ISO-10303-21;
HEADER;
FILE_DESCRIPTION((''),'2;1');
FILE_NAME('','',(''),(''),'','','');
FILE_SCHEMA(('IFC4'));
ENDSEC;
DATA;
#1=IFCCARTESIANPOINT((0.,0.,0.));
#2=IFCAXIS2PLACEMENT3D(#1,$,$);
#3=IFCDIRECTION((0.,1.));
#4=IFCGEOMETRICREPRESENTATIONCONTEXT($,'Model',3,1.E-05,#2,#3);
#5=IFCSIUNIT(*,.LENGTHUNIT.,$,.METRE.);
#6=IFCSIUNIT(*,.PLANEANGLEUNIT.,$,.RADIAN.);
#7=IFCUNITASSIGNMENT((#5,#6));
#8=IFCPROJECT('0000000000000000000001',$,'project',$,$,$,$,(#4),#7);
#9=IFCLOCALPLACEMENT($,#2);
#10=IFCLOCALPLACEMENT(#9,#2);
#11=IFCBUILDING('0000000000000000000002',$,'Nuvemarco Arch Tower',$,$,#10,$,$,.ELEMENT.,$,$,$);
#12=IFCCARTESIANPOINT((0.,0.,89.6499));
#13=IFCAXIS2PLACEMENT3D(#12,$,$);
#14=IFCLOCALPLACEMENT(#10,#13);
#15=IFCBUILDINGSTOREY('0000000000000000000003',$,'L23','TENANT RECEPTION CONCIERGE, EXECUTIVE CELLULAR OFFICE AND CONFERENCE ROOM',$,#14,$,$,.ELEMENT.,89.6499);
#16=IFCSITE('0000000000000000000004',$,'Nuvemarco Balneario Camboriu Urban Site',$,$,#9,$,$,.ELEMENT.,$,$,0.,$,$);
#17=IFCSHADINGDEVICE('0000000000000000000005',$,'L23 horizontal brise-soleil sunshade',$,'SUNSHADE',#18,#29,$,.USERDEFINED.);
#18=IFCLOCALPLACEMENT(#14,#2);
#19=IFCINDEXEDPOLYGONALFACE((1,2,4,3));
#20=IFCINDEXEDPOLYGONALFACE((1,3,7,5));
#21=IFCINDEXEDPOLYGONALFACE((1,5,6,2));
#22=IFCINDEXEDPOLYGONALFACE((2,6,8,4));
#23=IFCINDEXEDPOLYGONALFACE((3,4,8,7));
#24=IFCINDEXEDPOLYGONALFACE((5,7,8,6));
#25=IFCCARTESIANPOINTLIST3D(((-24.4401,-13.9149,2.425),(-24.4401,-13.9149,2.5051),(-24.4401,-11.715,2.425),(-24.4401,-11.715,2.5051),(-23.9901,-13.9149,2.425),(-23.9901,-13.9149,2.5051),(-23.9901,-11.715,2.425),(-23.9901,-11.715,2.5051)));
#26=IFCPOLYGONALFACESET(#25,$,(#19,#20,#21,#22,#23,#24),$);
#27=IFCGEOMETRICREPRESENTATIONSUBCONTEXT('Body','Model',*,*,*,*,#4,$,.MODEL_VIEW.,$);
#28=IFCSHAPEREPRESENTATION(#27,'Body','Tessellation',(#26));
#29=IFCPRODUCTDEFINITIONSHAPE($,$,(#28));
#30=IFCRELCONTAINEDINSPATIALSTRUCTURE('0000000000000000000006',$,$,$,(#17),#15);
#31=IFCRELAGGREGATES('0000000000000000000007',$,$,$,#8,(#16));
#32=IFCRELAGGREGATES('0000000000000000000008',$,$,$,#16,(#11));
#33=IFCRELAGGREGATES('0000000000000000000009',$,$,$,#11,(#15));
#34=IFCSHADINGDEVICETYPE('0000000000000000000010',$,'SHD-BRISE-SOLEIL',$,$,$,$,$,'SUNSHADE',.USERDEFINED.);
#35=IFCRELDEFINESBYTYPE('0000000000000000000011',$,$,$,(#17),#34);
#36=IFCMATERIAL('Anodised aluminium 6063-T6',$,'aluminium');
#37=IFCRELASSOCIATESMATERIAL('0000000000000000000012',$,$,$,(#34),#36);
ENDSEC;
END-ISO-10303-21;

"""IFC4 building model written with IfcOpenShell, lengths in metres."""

from ifc_helpers import new_model, si_unit, direction, frame, origin, origin_2d, place, context, subcontext, project, spatial, rectangle, extrude, source, transform, mapped, material, type_object, type_shapes, element, save


model = new_model("IFC4")

# Units and contexts
model_context = context("Model", 3, precision=1e-05, world=origin(), true_north=direction((0.0, 1.0)))
body_context = subcontext(model_context, "Body", "Model", "MODEL_VIEW")
ifc_project = project(units=[si_unit("LENGTHUNIT", "METRE"), si_unit("PLANEANGLEUNIT", "RADIAN")], contexts=[model_context])

# Site, building, storey
site_placement = place(None, origin())
site = spatial("IfcSite", under=ifc_project, at=site_placement, Name="Nuvemarco Balneario Camboriu Urban Site", CompositionType="ELEMENT", RefElevation=0.0)
building_placement = place(site_placement, origin())
building = spatial("IfcBuilding", under=site, at=building_placement, Name="Nuvemarco Arch Tower", CompositionType="ELEMENT")
storey_placement = place(building_placement, frame((0.0, 0.0, 89.6499)))
storey = spatial("IfcBuildingStorey", under=building, at=storey_placement, Name="L23", Description="TENANT RECEPTION CONCIERGE, EXECUTIVE CELLULAR OFFICE AND CONFERENCE ROOM", CompositionType="ELEMENT", Elevation=89.6499)

# Shading device
ifc_material_1 = material(Name="Anodised aluminium 6063-T6", Category="aluminium")
shading_device_type = type_object("IfcShadingDeviceType", Name="SHD-BRISE-SOLEIL", ElementType="SUNSHADE", PredefinedType="USERDEFINED", material=ifc_material_1)
shared_shape_1 = source(origin(), body_context, "Body", "SweptSolid", [
    extrude(rectangle(XDim=2.2, YDim=0.45, at=origin_2d()), origin(), (0.0, 0.0, 1.0), 0.0801),
])
type_shapes(shading_device_type, [shared_shape_1])
shading_device_placement = place(storey_placement, frame((-24.2151, -12.8149, 2.425), z_axis=(0.0, 0.0, 1.0), x_axis=(0.0, 1.0, 0.0)))
element("IfcShadingDevice", 1, at=shading_device_placement, inside=storey, type_object=shading_device_type, Name="L23 horizontal brise-soleil sunshade", ObjectType="SUNSHADE", PredefinedType="USERDEFINED", context=body_context, shape_type="MappedRepresentation", body=[
    mapped(shared_shape_1, transform((0.0, 0.0, 0.0), scale=1.0)),
])

save(model, "model.ifc")
